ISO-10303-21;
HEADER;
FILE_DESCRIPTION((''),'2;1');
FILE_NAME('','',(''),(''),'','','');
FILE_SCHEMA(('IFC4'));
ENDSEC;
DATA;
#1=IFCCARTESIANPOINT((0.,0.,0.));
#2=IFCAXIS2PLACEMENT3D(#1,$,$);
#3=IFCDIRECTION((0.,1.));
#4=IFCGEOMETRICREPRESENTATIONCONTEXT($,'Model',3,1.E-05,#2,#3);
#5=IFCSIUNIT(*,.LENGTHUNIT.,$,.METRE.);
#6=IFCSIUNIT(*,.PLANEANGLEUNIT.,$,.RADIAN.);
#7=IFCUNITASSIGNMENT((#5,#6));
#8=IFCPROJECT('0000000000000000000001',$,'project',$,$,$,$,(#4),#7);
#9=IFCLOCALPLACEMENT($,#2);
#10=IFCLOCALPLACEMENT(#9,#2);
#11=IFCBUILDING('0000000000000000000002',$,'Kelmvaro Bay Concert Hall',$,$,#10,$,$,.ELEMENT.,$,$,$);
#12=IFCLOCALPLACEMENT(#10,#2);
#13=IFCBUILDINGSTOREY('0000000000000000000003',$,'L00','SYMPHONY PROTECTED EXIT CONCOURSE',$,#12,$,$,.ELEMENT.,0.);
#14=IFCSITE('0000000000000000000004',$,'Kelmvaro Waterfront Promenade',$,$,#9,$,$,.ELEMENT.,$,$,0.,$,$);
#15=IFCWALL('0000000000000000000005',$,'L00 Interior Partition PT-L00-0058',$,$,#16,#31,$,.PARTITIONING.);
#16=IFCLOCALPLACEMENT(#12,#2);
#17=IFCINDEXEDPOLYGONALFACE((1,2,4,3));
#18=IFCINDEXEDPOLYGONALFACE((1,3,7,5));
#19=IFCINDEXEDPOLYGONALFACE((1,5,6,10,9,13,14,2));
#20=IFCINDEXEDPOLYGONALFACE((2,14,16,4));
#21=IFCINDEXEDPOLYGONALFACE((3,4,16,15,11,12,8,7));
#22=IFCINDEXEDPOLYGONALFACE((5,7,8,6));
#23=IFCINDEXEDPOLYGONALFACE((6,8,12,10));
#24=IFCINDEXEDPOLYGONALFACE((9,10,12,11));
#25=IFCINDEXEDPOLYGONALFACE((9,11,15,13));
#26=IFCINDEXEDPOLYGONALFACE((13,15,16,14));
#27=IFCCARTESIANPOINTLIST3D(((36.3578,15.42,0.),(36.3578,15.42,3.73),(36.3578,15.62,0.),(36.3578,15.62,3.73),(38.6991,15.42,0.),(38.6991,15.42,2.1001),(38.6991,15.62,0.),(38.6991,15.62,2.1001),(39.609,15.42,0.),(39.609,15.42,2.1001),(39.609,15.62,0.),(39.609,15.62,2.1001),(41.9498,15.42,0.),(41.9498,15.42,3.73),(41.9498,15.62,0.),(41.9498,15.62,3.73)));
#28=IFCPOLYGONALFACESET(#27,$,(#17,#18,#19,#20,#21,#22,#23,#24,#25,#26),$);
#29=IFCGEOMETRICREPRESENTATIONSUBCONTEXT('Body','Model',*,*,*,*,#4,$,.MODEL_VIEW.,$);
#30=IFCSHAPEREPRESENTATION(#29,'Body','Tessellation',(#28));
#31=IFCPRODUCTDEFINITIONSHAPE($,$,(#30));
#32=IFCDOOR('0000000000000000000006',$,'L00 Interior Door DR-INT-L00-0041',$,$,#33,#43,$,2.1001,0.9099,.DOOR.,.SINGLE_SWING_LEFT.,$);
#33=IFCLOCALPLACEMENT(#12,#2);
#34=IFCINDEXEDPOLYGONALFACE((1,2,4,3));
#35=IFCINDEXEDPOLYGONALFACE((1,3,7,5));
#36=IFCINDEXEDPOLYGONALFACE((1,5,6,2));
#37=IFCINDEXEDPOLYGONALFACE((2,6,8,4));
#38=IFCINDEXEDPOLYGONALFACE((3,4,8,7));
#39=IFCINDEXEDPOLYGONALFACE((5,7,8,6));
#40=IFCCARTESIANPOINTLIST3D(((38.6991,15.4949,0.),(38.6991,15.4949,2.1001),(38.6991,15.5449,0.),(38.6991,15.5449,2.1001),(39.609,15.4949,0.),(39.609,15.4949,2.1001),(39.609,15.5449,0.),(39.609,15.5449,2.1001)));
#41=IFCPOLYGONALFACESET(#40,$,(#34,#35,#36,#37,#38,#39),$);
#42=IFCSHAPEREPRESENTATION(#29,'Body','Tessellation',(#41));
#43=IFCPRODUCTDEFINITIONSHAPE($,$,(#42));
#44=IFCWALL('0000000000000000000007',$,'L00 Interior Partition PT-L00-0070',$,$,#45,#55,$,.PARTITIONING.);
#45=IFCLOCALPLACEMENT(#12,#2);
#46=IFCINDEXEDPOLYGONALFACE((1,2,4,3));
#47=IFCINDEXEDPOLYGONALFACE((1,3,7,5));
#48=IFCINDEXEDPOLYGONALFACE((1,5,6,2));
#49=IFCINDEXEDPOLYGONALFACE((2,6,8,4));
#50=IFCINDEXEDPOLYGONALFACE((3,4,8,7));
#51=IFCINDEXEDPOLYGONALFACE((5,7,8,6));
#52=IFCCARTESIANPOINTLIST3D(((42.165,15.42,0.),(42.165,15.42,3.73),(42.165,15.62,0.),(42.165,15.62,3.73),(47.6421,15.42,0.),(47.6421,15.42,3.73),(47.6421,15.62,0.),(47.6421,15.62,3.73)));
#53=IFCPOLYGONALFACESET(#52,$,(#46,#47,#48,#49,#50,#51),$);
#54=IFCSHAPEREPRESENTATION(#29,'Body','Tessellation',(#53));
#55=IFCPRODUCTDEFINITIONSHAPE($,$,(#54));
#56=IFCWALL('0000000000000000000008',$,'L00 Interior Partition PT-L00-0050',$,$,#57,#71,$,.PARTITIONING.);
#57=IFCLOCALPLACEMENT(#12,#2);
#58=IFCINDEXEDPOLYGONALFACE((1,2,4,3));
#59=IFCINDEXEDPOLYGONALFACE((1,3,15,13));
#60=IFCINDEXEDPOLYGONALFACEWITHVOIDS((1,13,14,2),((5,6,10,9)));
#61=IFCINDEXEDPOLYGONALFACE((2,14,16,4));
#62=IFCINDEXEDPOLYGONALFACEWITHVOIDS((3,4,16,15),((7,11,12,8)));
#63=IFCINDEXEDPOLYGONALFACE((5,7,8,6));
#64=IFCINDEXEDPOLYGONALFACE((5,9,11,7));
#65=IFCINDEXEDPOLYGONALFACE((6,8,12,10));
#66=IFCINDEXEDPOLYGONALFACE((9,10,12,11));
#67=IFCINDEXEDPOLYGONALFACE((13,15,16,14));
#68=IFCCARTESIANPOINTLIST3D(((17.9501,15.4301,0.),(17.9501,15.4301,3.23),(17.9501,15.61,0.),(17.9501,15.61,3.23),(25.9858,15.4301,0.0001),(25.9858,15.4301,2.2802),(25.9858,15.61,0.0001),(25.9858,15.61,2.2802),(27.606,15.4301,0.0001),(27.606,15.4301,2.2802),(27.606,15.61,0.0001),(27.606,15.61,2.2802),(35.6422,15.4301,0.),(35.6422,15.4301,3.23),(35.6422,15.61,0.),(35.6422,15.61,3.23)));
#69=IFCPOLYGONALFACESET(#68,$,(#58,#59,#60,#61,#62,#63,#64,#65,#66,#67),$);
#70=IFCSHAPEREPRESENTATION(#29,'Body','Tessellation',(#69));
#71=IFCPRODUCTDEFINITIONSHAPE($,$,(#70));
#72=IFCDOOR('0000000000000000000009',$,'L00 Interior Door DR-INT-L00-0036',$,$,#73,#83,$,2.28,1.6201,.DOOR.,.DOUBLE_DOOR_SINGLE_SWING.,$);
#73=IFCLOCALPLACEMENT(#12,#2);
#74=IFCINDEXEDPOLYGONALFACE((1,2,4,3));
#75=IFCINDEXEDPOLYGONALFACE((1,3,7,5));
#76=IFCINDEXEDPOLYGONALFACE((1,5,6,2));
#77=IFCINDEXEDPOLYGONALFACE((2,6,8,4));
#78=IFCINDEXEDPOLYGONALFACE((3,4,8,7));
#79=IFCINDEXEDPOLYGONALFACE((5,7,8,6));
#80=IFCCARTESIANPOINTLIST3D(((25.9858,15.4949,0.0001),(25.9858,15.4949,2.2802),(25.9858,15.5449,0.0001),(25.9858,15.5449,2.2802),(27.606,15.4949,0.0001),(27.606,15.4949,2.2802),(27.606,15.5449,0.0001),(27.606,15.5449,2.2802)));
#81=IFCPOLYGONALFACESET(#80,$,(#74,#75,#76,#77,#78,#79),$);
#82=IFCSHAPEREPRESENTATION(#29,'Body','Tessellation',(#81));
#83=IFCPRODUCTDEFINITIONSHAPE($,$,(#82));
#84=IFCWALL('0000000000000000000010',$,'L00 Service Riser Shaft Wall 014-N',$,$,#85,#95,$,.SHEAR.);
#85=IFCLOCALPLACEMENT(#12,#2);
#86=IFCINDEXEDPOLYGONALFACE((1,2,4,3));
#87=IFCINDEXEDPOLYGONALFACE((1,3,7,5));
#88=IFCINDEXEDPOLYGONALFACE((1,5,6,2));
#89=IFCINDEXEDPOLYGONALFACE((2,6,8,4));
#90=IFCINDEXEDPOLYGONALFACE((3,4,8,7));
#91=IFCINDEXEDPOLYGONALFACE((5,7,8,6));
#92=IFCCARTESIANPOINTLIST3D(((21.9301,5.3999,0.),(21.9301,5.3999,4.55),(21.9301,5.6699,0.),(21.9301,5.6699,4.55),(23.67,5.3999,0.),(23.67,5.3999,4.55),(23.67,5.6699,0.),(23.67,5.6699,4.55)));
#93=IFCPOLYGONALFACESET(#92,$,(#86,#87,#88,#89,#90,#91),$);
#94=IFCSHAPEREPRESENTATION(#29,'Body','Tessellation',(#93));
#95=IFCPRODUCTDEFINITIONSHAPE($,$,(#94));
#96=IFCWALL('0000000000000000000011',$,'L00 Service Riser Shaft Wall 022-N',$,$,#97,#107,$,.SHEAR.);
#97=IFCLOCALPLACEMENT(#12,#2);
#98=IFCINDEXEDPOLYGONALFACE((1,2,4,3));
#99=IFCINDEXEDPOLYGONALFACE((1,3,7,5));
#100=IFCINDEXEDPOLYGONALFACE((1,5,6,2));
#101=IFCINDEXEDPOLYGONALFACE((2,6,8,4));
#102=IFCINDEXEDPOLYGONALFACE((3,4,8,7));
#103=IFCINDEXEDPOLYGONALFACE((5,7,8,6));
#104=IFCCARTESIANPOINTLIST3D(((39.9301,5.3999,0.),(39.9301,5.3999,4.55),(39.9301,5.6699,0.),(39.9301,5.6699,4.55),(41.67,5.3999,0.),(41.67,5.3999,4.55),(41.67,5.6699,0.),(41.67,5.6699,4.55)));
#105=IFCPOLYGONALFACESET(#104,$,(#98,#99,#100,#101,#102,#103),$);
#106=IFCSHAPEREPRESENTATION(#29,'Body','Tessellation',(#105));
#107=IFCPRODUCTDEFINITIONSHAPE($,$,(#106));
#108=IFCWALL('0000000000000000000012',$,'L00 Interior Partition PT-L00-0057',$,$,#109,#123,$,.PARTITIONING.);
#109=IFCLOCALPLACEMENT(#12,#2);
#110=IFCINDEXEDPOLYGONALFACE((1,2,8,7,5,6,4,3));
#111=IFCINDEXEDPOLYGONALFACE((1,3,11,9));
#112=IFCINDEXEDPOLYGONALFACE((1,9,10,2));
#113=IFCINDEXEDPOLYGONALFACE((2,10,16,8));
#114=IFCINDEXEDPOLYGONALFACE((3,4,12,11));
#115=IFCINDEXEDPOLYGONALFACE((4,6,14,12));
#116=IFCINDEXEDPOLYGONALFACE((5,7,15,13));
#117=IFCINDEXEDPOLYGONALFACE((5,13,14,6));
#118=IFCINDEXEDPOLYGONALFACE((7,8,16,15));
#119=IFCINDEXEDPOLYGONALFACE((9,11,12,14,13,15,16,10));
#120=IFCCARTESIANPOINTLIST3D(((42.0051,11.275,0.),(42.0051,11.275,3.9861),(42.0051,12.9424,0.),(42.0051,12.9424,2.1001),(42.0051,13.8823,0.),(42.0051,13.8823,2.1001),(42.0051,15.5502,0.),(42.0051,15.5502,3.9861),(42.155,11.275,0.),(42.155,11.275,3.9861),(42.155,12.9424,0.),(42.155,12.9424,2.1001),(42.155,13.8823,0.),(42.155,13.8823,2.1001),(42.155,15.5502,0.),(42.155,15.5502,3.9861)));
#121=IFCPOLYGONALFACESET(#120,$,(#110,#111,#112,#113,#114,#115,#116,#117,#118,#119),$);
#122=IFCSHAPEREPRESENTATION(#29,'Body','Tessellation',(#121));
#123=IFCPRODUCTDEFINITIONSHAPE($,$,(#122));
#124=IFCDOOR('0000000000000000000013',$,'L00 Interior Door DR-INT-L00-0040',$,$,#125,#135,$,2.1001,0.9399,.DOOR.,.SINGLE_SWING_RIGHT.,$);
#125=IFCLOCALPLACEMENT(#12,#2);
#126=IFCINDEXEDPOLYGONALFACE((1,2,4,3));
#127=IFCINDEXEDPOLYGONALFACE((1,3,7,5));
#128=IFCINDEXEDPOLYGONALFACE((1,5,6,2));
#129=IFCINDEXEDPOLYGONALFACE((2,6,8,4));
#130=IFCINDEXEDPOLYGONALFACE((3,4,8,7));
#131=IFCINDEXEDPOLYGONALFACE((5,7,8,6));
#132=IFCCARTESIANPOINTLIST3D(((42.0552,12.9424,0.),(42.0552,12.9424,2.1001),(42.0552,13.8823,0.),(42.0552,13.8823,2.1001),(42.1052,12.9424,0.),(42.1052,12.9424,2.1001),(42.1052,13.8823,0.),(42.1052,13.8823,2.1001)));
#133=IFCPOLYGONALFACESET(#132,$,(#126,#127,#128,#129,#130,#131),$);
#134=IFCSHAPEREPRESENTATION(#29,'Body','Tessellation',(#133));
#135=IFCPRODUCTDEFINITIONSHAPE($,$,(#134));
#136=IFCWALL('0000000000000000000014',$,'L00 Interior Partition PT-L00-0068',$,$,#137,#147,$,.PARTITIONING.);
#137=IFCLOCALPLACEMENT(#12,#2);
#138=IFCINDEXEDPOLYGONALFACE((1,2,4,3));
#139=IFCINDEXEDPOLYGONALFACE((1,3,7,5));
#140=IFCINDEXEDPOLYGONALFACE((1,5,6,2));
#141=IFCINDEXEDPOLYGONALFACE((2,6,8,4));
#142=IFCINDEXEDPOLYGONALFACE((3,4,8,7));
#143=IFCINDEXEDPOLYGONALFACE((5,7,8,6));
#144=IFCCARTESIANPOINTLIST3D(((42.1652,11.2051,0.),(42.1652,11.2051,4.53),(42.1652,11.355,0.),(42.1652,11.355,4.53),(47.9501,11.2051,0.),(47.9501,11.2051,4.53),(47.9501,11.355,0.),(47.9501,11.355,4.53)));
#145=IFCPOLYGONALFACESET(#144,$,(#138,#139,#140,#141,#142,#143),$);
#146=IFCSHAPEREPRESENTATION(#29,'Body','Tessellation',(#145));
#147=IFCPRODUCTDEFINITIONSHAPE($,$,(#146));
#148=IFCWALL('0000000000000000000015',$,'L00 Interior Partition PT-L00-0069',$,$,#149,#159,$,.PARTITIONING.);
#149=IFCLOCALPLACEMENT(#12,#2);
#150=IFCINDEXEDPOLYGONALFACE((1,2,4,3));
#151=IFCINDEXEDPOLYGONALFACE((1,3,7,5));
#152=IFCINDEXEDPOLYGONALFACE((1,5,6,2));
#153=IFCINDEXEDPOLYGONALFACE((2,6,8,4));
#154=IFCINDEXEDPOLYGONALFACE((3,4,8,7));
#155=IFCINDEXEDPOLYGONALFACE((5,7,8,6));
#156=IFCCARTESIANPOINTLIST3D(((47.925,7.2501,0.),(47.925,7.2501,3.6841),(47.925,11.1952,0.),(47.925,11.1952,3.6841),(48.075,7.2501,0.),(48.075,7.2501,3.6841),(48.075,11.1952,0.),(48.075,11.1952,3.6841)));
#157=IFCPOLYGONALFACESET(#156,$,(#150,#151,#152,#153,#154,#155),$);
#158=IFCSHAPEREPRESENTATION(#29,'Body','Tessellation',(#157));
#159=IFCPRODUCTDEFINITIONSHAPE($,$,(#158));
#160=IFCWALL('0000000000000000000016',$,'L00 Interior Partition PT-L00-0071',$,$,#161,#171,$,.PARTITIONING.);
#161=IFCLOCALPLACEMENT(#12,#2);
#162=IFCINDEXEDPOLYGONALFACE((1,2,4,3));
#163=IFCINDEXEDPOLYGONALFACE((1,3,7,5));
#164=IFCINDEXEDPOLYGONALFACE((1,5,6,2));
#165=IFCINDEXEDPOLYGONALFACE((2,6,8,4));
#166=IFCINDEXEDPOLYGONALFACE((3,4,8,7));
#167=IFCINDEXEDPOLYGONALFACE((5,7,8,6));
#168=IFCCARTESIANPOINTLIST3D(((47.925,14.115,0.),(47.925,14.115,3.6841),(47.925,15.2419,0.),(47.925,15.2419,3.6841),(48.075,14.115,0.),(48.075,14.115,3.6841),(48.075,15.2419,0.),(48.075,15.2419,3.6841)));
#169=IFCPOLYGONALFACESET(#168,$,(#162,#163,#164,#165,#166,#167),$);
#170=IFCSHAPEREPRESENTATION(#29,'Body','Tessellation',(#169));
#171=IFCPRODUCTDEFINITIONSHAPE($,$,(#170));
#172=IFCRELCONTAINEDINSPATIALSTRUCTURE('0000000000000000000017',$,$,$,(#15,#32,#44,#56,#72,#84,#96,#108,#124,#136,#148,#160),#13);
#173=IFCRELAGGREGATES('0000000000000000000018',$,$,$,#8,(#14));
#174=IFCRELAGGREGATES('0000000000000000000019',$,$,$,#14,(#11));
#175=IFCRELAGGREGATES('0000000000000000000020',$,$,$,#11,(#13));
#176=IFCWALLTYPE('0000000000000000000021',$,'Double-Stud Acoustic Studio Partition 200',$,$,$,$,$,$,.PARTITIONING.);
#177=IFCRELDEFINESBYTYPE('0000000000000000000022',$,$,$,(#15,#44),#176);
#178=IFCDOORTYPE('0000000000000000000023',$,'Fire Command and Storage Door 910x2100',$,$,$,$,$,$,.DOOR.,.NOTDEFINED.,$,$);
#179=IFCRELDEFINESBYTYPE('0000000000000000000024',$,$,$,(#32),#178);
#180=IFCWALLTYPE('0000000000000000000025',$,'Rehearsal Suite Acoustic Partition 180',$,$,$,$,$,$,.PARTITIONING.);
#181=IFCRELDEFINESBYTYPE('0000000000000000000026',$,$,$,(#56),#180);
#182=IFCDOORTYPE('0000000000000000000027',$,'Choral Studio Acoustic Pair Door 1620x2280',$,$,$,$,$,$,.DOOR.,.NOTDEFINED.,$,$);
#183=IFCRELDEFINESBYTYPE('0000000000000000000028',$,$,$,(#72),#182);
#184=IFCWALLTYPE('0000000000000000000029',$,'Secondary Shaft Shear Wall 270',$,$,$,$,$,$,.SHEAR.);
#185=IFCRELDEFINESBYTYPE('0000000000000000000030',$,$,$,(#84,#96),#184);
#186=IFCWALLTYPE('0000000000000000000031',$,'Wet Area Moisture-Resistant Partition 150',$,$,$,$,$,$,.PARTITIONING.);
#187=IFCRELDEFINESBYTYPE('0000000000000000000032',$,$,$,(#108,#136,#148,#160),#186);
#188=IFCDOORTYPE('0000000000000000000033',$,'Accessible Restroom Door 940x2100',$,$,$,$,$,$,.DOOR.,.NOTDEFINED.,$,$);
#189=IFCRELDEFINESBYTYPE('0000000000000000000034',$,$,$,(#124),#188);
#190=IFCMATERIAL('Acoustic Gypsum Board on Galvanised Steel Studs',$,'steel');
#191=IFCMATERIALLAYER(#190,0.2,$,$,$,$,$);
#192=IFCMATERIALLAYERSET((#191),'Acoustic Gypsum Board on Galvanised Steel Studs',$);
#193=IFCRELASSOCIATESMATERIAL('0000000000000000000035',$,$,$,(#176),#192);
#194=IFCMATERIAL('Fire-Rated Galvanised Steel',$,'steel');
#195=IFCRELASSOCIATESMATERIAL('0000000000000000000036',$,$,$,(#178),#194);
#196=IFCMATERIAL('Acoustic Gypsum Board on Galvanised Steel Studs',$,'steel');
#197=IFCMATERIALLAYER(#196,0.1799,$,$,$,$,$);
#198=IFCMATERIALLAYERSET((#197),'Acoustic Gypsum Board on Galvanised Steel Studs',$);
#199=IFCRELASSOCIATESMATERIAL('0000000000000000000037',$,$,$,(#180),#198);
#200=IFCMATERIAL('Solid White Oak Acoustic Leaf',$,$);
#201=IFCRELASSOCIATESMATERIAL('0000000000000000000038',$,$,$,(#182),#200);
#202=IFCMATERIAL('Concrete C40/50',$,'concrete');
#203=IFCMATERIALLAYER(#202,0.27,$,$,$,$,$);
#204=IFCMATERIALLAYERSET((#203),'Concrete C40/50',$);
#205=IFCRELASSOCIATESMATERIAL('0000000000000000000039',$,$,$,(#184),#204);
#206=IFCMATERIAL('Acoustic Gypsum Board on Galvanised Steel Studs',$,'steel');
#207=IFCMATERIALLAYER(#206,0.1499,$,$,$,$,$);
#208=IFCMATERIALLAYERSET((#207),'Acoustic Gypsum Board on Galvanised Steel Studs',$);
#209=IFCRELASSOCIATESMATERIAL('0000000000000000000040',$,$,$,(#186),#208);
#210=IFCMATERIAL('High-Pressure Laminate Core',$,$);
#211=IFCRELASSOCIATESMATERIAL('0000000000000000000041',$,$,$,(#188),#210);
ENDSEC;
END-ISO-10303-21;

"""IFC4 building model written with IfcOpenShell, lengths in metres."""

from ifc_helpers import new_model, si_unit, direction, frame, frame_2d, origin, place, context, subcontext, project, spatial, rectangle, extrude, material, layer, layer_set, type_object, element, fill, save


model = new_model("IFC4")

# Units and contexts
model_context = context("Model", 3, precision=1e-05, world=origin(), true_north=direction((0.0, 1.0)))
body_context = subcontext(model_context, "Body", "Model", "MODEL_VIEW")
ifc_project = project(units=[si_unit("LENGTHUNIT", "METRE"), si_unit("PLANEANGLEUNIT", "RADIAN")], contexts=[model_context])

# Site, building, storey
site_placement = place(None, origin())
site = spatial("IfcSite", under=ifc_project, at=site_placement, Name="Kelmvaro Waterfront Promenade", CompositionType="ELEMENT", RefElevation=0.0)
building_placement = place(site_placement, origin())
building = spatial("IfcBuilding", under=site, at=building_placement, Name="Kelmvaro Bay Concert Hall", CompositionType="ELEMENT")
storey_placement = place(building_placement, origin())
storey = spatial("IfcBuildingStorey", under=building, at=storey_placement, Name="L00", Description="SYMPHONY PROTECTED EXIT CONCOURSE", CompositionType="ELEMENT", Elevation=0.0)

# Shared definitions
ifc_material_1 = material(Name="Acoustic Gypsum Board on Galvanised Steel Studs", Category="steel")
ifc_layer_1 = layer(ifc_material_1, 0.2)
ifc_layer_set_1 = layer_set([ifc_layer_1], Name="Acoustic Gypsum Board on Galvanised Steel Studs")
wall_type_1 = type_object("IfcWallType", Name="Double-Stud Acoustic Studio Partition 200", PredefinedType="PARTITIONING", material=ifc_layer_set_1)

# Wall, opening, door
wall_1_placement = place(storey_placement, frame((36.3579, 15.52, 0.0), z_axis=(0.0, 0.0, 1.0), x_axis=(1.0, 0.0, 0.0)))
wall_1 = element("IfcWall", 1, at=wall_1_placement, inside=storey, type_object=wall_type_1, Name="L00 Interior Partition PT-L00-0058", PredefinedType="PARTITIONING", context=body_context, shape_type="SweptSolid", body=[
    extrude(rectangle(XDim=5.592, YDim=0.2, at=frame_2d((2.7959, 0.0))), origin(), (0.0, 0.0, 1.0), 3.73),
])
opening_1_placement = place(wall_1_placement, frame((2.3411, 0.0, 0.0)))
opening_1 = element("IfcOpeningElement", 2, at=opening_1_placement, cuts=wall_1, PredefinedType="OPENING", context=body_context, shape_type="SweptSolid", body=[
    extrude(rectangle(XDim=0.9099, YDim=2.1001, at=frame_2d((0.4551, 1.05))), frame((0.0, 0.1099, 0.0), z_axis=(0.0, -1.0, 0.0), x_axis=(1.0, 0.0, 0.0)), (0.0, 0.0, 1.0), 0.22),
])
ifc_material_2 = material(Name="Fire-Rated Galvanised Steel", Category="steel")
door_type_1 = type_object("IfcDoorType", Name="Fire Command and Storage Door 910x2100", OperationType="NOTDEFINED", PredefinedType="DOOR", material=ifc_material_2)
door_1_placement = place(opening_1_placement, origin())
door_1 = element("IfcDoor", 3, at=door_1_placement, inside=storey, type_object=door_type_1, Name="L00 Interior Door DR-INT-L00-0041", OperationType="SINGLE_SWING_LEFT", OverallHeight=2.1001, OverallWidth=0.9099, PredefinedType="DOOR", context=body_context, shape_type="SweptSolid", body=[
    extrude(rectangle(XDim=0.9099, YDim=2.1001, at=frame_2d((0.4551, 1.05))), frame((0.0, 0.0249, 0.0), z_axis=(0.0, -1.0, 0.0), x_axis=(1.0, 0.0, 0.0)), (0.0, 0.0, 1.0), 0.05),
])
fill(opening_1, door_1)

# Wall
wall_2_placement = place(storey_placement, frame((42.165, 15.52, 0.0), z_axis=(0.0, 0.0, 1.0), x_axis=(1.0, 0.0, 0.0)))
element("IfcWall", 4, at=wall_2_placement, inside=storey, type_object=wall_type_1, Name="L00 Interior Partition PT-L00-0070", PredefinedType="PARTITIONING", context=body_context, shape_type="SweptSolid", body=[
    extrude(rectangle(XDim=5.4771, YDim=0.2, at=frame_2d((2.7385, 0.0))), origin(), (0.0, 0.0, 1.0), 3.73),
])

# Wall, opening, door
ifc_material_3 = material(Name="Acoustic Gypsum Board on Galvanised Steel Studs", Category="steel")
ifc_layer_2 = layer(ifc_material_3, 0.1799)
ifc_layer_set_2 = layer_set([ifc_layer_2], Name="Acoustic Gypsum Board on Galvanised Steel Studs")
wall_type_2 = type_object("IfcWallType", Name="Rehearsal Suite Acoustic Partition 180", PredefinedType="PARTITIONING", material=ifc_layer_set_2)
wall_3_placement = place(storey_placement, frame((17.95, 15.52, 0.0), z_axis=(0.0, 0.0, 1.0), x_axis=(1.0, 0.0, 0.0)))
wall_3 = element("IfcWall", 5, at=wall_3_placement, inside=storey, type_object=wall_type_2, Name="L00 Interior Partition PT-L00-0050", PredefinedType="PARTITIONING", context=body_context, shape_type="SweptSolid", body=[
    extrude(rectangle(XDim=17.6921, YDim=0.1799, at=frame_2d((8.8462, 0.0))), origin(), (0.0, 0.0, 1.0), 3.23),
])
opening_2_placement = place(wall_3_placement, frame((8.0359, 0.0, 0.0)))
opening_2 = element("IfcOpeningElement", 6, at=opening_2_placement, cuts=wall_3, PredefinedType="OPENING", context=body_context, shape_type="SweptSolid", body=[
    extrude(rectangle(XDim=1.6201, YDim=2.28, at=frame_2d((0.8101, 1.1401))), frame((0.0, 0.0999, 0.0), z_axis=(0.0, -1.0, 0.0), x_axis=(1.0, 0.0, 0.0)), (0.0, 0.0, 1.0), 0.2),
])
ifc_material_4 = material(Name="Solid White Oak Acoustic Leaf")
door_type_2 = type_object("IfcDoorType", Name="Choral Studio Acoustic Pair Door 1620x2280", OperationType="NOTDEFINED", PredefinedType="DOOR", material=ifc_material_4)
door_2_placement = place(opening_2_placement, origin())
door_2 = element("IfcDoor", 7, at=door_2_placement, inside=storey, type_object=door_type_2, Name="L00 Interior Door DR-INT-L00-0036", OperationType="DOUBLE_DOOR_SINGLE_SWING", OverallHeight=2.28, OverallWidth=1.6201, PredefinedType="DOOR", context=body_context, shape_type="SweptSolid", body=[
    extrude(rectangle(XDim=1.6201, YDim=2.28, at=frame_2d((0.8101, 1.1401))), frame((0.0, 0.0249, 0.0), z_axis=(0.0, -1.0, 0.0), x_axis=(1.0, 0.0, 0.0)), (0.0, 0.0, 1.0), 0.05),
])
fill(opening_2, door_2)

# Walls
ifc_material_5 = material(Name="Concrete C40/50", Category="concrete")
ifc_layer_3 = layer(ifc_material_5, 0.27)
ifc_layer_set_3 = layer_set([ifc_layer_3], Name="Concrete C40/50")
wall_type_3 = type_object("IfcWallType", Name="Secondary Shaft Shear Wall 270", PredefinedType="SHEAR", material=ifc_layer_set_3)
for number, where, z_axis, x_axis, name in (
    (8, (21.9299, 5.5349, 0.0), (0.0, 0.0, 1.0), (1.0, 0.0, 0.0), "L00 Service Riser Shaft Wall 014-N"),
    (9, (39.9299, 5.5349, 0.0), (0.0, 0.0, 1.0), (1.0, 0.0, 0.0), "L00 Service Riser Shaft Wall 022-N"),
):
    element("IfcWall", number, at=place(storey_placement, frame(where, z_axis=z_axis, x_axis=x_axis)), inside=storey, type_object=wall_type_3, Name=name, PredefinedType="SHEAR", context=body_context, shape_type="SweptSolid", body=[
        extrude(rectangle(XDim=1.74, YDim=0.27, at=frame_2d((0.8701, 0.0))), origin(), (0.0, 0.0, 1.0), 4.55),
    ])

# Wall, opening, door
ifc_material_6 = material(Name="Acoustic Gypsum Board on Galvanised Steel Studs", Category="steel")
ifc_layer_4 = layer(ifc_material_6, 0.1499)
ifc_layer_set_4 = layer_set([ifc_layer_4], Name="Acoustic Gypsum Board on Galvanised Steel Studs")
wall_type_4 = type_object("IfcWallType", Name="Wet Area Moisture-Resistant Partition 150", PredefinedType="PARTITIONING", material=ifc_layer_set_4)
wall_4_placement = place(storey_placement, frame((42.0801, 11.2749, 0.0), z_axis=(0.0, 0.0, 1.0), x_axis=(0.0, 1.0, 0.0)))
wall_4 = element("IfcWall", 10, at=wall_4_placement, inside=storey, type_object=wall_type_4, Name="L00 Interior Partition PT-L00-0057", PredefinedType="PARTITIONING", context=body_context, shape_type="SweptSolid", body=[
    extrude(rectangle(XDim=4.2751, YDim=0.1499, at=frame_2d((2.1377, 0.0))), origin(), (0.0, 0.0, 1.0), 3.9861),
])
opening_3_placement = place(wall_4_placement, frame((1.6675, 0.0, 0.0)))
opening_3 = element("IfcOpeningElement", 11, at=opening_3_placement, cuts=wall_4, PredefinedType="OPENING", context=body_context, shape_type="SweptSolid", body=[
    extrude(rectangle(XDim=0.9399, YDim=2.1001, at=frame_2d((0.47, 1.05))), frame((0.0, 0.085, 0.0), z_axis=(0.0, -1.0, 0.0), x_axis=(1.0, 0.0, 0.0)), (0.0, 0.0, 1.0), 0.1699),
])
ifc_material_7 = material(Name="High-Pressure Laminate Core")
door_type_3 = type_object("IfcDoorType", Name="Accessible Restroom Door 940x2100", OperationType="NOTDEFINED", PredefinedType="DOOR", material=ifc_material_7)
door_3_placement = place(opening_3_placement, origin())
door_3 = element("IfcDoor", 12, at=door_3_placement, inside=storey, type_object=door_type_3, Name="L00 Interior Door DR-INT-L00-0040", OperationType="SINGLE_SWING_RIGHT", OverallHeight=2.1001, OverallWidth=0.9399, PredefinedType="DOOR", context=body_context, shape_type="SweptSolid", body=[
    extrude(rectangle(XDim=0.9399, YDim=2.1001, at=frame_2d((0.47, 1.05))), frame((0.0, 0.0249, 0.0), z_axis=(0.0, -1.0, 0.0), x_axis=(1.0, 0.0, 0.0)), (0.0, 0.0, 1.0), 0.05),
])
fill(opening_3, door_3)

# Walls
wall_5_placement = place(storey_placement, frame((42.165, 11.28, 0.0), z_axis=(0.0, 0.0, 1.0), x_axis=(1.0, 0.0, 0.0)))
element("IfcWall", 13, at=wall_5_placement, inside=storey, type_object=wall_type_4, Name="L00 Interior Partition PT-L00-0068", PredefinedType="PARTITIONING", context=body_context, shape_type="SweptSolid", body=[
    extrude(rectangle(XDim=5.7849, YDim=0.1499, at=frame_2d((2.8926, 0.0))), origin(), (0.0, 0.0, 1.0), 4.53),
])
wall_6_placement = place(storey_placement, frame((48.0, 7.25, 0.0), z_axis=(0.0, 0.0, 1.0), x_axis=(0.0, 1.0, 0.0)))
element("IfcWall", 14, at=wall_6_placement, inside=storey, type_object=wall_type_4, Name="L00 Interior Partition PT-L00-0069", PredefinedType="PARTITIONING", context=body_context, shape_type="SweptSolid", body=[
    extrude(rectangle(XDim=3.9451, YDim=0.1499, at=frame_2d((1.9727, 0.0))), origin(), (0.0, 0.0, 1.0), 3.6841),
])
wall_7_placement = place(storey_placement, frame((48.0, 14.115, 0.0), z_axis=(0.0, 0.0, 1.0), x_axis=(0.0, 1.0, 0.0)))
element("IfcWall", 15, at=wall_7_placement, inside=storey, type_object=wall_type_4, Name="L00 Interior Partition PT-L00-0071", PredefinedType="PARTITIONING", context=body_context, shape_type="SweptSolid", body=[
    extrude(rectangle(XDim=1.127, YDim=0.1499, at=frame_2d((0.5635, 0.0))), origin(), (0.0, 0.0, 1.0), 3.6841),
])

save(model, "model.ifc")
